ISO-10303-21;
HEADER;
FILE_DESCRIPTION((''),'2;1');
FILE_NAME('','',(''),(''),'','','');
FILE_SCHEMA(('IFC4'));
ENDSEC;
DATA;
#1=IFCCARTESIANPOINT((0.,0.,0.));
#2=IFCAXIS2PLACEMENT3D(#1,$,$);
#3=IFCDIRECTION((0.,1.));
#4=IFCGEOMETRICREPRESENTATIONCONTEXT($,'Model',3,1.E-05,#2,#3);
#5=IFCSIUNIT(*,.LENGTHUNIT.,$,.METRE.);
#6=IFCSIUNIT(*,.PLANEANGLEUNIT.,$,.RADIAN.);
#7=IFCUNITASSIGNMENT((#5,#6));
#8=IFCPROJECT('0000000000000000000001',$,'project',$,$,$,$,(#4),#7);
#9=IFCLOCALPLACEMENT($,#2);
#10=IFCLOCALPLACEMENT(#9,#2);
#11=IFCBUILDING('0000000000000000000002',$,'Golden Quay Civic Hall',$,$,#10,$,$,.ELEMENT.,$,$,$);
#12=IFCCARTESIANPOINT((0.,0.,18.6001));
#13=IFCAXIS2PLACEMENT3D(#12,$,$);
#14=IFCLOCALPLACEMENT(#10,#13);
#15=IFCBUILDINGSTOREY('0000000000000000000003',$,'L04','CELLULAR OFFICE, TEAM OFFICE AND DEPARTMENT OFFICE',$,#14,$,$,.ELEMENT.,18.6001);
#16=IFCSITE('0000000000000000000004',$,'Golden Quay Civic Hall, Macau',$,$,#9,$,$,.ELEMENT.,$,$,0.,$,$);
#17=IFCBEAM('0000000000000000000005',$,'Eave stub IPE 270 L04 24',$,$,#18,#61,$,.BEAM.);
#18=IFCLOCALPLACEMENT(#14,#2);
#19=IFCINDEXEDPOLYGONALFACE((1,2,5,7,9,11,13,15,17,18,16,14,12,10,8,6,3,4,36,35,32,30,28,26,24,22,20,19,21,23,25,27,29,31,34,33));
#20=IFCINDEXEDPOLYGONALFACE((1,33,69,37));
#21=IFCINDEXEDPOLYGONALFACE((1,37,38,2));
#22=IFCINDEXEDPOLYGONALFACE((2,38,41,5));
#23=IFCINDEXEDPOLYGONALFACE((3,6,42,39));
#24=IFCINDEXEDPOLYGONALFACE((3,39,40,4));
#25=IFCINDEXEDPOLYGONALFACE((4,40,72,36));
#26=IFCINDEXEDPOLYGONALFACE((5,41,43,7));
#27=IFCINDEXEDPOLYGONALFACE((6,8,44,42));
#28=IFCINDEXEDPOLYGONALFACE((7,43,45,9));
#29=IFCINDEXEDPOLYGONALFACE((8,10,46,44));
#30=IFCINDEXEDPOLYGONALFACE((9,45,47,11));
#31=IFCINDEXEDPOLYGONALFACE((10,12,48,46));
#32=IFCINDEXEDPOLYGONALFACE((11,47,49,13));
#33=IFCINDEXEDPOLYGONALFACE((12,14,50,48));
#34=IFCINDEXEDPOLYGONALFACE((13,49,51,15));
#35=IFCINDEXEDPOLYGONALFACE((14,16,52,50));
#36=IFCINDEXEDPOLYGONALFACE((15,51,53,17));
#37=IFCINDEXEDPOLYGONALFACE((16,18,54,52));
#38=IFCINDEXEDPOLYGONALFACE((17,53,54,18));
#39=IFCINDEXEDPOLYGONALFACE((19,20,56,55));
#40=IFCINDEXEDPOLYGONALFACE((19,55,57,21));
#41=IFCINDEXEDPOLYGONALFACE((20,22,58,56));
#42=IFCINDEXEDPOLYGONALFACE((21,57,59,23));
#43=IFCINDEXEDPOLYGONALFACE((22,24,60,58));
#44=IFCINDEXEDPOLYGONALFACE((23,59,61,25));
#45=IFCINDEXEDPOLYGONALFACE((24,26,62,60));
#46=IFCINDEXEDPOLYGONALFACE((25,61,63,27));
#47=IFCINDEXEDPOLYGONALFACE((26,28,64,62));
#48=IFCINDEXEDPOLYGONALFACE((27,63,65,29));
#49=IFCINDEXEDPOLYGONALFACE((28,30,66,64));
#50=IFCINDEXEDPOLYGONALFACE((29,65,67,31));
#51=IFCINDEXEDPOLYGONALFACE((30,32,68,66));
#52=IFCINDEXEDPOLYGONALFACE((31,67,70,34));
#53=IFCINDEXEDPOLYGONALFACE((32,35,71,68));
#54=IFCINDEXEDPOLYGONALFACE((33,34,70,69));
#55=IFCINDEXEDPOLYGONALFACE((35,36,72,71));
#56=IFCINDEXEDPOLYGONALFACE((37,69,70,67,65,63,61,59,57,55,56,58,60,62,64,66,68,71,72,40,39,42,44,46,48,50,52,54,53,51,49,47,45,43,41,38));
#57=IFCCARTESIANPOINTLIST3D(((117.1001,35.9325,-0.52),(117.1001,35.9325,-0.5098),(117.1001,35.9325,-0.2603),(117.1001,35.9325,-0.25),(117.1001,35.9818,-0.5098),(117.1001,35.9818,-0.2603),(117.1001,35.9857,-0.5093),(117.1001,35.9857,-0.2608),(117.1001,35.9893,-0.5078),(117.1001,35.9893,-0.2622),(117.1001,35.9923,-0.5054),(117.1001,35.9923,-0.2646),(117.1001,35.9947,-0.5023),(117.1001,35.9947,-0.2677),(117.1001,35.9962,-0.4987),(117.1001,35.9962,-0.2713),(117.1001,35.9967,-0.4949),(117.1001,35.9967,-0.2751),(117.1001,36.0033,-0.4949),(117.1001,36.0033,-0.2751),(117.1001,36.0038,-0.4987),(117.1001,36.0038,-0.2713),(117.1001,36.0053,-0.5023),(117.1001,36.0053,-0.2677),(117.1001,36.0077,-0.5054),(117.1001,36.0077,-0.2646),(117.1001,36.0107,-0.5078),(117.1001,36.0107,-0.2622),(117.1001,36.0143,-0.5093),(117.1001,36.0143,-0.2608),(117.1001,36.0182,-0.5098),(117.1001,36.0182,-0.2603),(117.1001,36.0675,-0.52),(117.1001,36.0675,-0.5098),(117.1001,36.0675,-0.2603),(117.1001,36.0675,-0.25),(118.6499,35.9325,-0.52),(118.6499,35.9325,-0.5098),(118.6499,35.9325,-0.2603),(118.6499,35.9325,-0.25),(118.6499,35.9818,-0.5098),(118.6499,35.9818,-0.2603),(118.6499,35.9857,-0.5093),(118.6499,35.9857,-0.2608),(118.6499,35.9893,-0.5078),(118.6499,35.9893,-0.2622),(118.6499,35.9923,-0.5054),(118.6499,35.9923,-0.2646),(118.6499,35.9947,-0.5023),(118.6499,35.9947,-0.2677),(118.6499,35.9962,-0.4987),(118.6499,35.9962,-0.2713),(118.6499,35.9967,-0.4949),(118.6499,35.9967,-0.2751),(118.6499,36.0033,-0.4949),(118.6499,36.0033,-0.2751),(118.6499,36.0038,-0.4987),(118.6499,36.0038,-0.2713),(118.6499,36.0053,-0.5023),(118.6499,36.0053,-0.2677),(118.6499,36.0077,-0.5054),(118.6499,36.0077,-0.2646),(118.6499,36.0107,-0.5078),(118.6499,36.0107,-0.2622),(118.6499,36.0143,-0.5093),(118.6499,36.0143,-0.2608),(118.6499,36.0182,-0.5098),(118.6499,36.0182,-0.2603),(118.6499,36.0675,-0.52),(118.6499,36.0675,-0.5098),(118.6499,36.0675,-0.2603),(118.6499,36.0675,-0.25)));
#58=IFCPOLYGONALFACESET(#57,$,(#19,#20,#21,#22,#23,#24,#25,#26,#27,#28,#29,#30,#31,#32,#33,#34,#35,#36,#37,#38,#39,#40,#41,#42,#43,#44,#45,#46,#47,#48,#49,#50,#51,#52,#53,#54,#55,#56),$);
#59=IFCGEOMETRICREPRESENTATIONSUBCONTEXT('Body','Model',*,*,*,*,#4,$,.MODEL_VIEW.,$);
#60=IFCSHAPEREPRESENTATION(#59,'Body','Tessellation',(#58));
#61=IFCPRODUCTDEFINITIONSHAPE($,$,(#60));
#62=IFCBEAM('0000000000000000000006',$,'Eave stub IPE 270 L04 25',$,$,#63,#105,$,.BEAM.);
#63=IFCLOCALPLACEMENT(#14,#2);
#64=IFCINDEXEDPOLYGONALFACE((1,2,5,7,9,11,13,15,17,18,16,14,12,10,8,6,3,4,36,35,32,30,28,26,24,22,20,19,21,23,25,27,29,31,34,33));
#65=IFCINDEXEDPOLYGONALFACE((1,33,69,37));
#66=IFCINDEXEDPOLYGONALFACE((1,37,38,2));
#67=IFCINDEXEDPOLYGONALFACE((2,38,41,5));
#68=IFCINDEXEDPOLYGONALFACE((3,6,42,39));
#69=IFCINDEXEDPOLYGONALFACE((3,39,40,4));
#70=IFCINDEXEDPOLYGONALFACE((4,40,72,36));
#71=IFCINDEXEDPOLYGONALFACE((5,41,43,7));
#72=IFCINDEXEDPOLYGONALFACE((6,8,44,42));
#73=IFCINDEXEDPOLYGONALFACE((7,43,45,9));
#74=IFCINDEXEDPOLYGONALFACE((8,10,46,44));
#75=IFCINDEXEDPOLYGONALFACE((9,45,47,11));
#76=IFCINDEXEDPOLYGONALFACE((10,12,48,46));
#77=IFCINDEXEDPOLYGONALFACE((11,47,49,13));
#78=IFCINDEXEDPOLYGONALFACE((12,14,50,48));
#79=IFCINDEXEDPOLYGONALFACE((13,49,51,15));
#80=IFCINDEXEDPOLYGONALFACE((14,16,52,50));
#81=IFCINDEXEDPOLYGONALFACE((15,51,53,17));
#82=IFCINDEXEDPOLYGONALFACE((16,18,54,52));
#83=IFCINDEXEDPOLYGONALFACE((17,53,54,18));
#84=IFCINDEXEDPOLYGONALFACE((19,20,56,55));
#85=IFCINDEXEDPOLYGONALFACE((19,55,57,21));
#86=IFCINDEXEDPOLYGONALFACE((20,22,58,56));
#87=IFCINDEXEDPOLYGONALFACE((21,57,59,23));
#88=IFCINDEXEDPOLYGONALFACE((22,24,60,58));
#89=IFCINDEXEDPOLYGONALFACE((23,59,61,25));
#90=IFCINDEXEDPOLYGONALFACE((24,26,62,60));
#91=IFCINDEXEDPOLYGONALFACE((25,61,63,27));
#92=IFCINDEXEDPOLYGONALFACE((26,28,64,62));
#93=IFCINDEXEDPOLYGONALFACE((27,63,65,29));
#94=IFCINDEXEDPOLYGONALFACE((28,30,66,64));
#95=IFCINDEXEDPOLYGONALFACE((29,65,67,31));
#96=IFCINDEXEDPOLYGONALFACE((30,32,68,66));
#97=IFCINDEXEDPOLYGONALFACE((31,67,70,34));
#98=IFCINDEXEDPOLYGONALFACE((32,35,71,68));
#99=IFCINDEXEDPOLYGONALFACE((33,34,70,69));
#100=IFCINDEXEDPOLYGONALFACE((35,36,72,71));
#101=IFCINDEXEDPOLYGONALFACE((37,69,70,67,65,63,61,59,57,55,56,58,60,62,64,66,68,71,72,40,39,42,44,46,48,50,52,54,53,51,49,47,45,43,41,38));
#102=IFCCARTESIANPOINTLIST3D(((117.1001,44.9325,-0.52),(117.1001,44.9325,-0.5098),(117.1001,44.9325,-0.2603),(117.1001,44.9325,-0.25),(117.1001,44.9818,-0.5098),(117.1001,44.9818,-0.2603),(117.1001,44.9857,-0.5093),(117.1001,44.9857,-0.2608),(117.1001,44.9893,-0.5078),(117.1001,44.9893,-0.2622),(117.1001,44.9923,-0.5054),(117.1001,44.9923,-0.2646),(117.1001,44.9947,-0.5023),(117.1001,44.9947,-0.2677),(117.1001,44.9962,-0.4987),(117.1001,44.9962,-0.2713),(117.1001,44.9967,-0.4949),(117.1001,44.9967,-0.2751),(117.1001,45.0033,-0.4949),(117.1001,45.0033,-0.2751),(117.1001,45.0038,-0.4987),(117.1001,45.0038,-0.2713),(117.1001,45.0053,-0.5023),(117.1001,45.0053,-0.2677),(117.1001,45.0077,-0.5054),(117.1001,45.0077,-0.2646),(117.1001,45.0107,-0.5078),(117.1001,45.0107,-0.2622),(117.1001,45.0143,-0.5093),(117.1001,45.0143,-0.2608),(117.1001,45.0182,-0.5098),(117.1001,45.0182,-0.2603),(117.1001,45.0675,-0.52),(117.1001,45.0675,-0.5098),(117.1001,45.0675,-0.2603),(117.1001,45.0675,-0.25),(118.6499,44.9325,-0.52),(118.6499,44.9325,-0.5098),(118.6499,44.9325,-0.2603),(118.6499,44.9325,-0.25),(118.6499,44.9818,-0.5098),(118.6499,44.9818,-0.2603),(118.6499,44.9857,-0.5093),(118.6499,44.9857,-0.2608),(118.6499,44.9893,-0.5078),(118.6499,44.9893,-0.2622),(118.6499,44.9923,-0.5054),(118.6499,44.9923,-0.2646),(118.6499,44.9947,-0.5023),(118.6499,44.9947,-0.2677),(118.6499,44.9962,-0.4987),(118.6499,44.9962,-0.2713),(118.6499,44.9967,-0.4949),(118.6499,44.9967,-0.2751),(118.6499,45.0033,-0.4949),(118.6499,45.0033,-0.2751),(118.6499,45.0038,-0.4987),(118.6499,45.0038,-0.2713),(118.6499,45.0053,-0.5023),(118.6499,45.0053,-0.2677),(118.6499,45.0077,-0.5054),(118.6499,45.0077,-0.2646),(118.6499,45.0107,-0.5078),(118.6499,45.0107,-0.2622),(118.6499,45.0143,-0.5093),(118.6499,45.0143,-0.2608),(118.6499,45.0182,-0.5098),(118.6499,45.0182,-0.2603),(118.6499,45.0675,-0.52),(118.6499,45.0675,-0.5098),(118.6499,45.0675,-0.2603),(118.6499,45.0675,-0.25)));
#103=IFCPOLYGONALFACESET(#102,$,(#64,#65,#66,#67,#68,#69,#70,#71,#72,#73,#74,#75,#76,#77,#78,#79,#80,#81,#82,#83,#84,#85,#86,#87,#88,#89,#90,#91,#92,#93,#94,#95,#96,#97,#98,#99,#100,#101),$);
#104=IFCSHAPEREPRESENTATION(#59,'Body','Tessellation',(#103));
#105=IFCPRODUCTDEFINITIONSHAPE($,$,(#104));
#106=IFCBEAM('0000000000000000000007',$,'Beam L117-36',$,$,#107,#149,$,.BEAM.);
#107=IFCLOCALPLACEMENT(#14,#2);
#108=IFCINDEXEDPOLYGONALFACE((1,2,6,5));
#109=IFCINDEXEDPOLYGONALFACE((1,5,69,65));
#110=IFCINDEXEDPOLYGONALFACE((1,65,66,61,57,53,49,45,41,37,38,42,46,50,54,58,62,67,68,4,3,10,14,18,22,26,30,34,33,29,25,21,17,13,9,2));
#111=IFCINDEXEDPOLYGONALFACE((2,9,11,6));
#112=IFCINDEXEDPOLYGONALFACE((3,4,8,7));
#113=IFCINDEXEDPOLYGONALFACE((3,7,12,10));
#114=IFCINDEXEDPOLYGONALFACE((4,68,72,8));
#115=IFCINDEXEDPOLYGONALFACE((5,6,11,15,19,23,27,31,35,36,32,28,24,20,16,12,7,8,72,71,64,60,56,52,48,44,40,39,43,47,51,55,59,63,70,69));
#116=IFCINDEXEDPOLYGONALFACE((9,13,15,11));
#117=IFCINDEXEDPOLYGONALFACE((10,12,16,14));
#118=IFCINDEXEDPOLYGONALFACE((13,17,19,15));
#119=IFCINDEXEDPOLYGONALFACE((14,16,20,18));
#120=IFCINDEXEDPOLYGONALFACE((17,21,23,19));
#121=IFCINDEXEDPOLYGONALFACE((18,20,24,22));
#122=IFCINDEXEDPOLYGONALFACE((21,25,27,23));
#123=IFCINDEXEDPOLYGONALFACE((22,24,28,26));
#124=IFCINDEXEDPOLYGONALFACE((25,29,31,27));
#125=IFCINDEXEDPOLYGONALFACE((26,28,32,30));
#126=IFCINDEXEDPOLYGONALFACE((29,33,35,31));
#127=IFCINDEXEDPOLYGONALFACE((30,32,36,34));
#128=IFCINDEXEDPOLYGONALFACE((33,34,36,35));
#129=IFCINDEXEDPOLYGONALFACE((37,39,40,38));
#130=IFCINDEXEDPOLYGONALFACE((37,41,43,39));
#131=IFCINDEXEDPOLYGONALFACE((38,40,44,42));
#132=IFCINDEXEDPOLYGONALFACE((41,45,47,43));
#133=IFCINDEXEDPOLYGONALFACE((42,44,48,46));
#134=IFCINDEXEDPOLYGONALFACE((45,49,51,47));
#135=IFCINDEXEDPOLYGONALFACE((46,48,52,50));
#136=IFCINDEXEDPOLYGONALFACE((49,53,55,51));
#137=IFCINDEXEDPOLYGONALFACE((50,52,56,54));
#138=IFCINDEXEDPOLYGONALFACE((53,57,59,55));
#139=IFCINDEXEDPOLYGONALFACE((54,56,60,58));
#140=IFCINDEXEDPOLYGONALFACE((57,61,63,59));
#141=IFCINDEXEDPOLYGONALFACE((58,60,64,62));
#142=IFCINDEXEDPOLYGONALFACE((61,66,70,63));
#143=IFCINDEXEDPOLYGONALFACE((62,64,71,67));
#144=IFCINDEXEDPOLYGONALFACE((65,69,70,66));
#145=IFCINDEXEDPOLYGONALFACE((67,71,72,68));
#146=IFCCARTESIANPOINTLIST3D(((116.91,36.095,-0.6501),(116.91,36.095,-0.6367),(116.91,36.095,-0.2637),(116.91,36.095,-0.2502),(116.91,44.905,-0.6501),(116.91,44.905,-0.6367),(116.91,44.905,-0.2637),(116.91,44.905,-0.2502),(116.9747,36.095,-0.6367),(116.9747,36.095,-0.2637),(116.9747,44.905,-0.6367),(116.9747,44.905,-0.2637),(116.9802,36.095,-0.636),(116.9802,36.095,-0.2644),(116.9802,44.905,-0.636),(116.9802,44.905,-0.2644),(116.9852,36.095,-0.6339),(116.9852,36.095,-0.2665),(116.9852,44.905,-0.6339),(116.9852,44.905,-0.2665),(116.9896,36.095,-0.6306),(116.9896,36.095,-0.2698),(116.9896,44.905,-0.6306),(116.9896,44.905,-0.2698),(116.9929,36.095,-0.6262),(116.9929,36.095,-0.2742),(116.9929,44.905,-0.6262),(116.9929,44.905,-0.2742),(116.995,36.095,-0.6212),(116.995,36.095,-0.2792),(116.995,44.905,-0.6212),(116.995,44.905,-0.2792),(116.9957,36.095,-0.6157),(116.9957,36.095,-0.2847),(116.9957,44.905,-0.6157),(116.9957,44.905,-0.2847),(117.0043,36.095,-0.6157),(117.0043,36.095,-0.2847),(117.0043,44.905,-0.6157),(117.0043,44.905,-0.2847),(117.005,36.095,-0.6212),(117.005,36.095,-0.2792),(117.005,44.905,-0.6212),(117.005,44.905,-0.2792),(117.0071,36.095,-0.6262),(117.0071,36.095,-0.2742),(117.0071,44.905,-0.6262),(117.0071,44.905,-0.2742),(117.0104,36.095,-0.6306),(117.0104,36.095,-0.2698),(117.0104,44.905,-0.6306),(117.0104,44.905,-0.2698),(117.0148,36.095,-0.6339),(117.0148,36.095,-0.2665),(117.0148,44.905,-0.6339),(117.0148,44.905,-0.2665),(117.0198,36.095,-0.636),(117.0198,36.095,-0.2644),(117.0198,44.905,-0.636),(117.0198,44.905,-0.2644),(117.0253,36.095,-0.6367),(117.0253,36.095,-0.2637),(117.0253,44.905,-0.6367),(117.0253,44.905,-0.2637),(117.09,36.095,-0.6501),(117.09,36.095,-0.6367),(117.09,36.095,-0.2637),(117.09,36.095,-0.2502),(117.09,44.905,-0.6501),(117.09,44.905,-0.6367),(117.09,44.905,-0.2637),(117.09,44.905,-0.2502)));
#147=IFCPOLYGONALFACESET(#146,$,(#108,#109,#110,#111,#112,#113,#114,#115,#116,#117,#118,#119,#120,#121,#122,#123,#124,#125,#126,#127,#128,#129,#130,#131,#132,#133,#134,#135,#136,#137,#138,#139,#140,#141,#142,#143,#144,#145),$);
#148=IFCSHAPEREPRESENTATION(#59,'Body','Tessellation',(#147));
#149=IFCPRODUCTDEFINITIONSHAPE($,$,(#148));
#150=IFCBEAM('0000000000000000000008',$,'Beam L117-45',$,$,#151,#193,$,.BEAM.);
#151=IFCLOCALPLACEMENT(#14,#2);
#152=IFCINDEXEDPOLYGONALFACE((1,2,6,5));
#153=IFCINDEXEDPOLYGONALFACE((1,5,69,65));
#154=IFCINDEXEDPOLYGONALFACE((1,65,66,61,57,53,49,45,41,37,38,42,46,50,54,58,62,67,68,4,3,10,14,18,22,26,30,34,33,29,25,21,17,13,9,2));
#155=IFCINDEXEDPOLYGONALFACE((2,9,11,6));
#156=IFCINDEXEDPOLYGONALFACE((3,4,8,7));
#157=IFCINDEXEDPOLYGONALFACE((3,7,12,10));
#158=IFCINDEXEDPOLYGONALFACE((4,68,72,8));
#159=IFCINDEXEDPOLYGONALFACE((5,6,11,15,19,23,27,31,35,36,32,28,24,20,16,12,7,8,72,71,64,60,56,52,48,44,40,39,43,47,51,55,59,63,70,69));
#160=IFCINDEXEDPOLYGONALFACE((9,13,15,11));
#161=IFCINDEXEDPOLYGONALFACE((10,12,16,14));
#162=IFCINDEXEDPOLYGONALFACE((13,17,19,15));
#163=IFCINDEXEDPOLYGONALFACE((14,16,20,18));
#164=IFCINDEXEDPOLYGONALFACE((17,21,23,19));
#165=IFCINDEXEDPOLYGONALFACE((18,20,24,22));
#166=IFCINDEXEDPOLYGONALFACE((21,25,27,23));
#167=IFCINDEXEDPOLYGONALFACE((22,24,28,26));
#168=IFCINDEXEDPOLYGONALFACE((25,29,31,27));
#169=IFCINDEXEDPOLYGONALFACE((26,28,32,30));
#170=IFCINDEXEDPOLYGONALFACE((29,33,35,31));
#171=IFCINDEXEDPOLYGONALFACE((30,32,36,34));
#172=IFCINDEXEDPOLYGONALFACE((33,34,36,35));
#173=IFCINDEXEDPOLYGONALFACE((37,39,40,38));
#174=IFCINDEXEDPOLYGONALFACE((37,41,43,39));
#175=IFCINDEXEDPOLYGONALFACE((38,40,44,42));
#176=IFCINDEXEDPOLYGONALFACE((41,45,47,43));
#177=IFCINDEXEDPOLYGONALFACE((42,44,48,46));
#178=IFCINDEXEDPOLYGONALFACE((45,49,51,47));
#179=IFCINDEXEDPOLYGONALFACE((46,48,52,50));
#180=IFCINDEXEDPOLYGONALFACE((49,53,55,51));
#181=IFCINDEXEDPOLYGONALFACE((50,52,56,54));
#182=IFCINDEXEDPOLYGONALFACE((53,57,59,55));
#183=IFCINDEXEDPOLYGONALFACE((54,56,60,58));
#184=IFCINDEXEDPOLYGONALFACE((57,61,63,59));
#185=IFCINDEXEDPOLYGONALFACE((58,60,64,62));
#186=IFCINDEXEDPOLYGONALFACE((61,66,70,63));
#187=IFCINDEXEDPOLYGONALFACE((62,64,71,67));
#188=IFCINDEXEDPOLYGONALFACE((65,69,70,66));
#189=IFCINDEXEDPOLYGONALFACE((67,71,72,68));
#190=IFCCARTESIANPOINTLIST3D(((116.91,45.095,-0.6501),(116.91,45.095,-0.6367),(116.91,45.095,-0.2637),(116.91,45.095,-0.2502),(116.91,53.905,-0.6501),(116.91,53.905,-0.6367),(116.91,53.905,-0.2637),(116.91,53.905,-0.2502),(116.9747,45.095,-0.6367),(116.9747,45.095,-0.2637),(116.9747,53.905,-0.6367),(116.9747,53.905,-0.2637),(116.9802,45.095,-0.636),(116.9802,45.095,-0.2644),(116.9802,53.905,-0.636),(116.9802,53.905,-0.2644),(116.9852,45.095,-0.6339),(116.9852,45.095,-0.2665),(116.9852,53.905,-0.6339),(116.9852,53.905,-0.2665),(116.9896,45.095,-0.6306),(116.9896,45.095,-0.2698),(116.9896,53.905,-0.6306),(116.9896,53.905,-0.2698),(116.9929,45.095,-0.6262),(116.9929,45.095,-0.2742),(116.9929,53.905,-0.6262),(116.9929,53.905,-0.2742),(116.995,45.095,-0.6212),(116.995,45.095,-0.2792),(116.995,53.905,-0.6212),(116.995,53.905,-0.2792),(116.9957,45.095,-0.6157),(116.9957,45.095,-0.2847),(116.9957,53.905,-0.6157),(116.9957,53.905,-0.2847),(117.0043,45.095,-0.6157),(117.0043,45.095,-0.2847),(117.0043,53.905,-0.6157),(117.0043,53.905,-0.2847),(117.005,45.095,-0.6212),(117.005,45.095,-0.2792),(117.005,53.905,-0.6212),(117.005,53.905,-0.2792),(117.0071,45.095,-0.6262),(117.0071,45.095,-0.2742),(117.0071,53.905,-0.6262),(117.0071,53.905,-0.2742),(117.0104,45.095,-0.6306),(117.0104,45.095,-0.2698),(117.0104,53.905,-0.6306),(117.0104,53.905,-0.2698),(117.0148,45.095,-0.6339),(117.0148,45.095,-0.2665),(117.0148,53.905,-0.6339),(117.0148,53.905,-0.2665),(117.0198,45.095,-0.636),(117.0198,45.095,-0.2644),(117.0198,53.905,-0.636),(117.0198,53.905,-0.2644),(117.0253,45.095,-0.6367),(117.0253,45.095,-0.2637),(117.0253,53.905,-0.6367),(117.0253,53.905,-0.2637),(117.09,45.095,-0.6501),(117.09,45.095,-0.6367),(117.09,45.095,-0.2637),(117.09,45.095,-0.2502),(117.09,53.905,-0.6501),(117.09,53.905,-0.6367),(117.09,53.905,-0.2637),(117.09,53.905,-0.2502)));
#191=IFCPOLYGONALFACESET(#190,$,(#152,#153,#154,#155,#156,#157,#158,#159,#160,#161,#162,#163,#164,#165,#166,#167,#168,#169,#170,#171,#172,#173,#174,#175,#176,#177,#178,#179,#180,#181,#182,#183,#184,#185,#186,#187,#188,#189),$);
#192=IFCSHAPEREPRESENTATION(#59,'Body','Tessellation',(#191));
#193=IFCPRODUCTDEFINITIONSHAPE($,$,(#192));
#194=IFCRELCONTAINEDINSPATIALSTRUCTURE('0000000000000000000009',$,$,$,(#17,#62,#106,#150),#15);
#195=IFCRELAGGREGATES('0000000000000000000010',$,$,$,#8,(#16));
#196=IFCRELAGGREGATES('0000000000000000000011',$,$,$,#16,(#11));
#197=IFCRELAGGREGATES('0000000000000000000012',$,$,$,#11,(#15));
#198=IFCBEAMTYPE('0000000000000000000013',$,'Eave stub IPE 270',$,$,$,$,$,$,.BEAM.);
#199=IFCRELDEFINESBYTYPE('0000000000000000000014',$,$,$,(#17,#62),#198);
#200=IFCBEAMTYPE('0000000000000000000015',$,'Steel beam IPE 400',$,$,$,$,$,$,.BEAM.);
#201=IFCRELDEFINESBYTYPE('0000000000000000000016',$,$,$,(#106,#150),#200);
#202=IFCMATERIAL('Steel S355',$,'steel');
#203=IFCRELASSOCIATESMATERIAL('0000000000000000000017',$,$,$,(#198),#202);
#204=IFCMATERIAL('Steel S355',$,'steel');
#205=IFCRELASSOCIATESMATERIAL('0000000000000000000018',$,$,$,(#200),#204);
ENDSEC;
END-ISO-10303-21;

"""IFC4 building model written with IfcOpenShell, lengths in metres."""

from ifc_helpers import new_model, si_unit, direction, frame, origin, origin_2d, place, context, subcontext, project, spatial, i_section, extrude, material, material_profile, profile_set, type_object, element, save


model = new_model("IFC4")

# Units and contexts
model_context = context("Model", 3, precision=1e-05, world=origin(), true_north=direction((0.0, 1.0)))
body_context = subcontext(model_context, "Body", "Model", "MODEL_VIEW")
ifc_project = project(units=[si_unit("LENGTHUNIT", "METRE"), si_unit("PLANEANGLEUNIT", "RADIAN")], contexts=[model_context])

# Site, building, storey
site_placement = place(None, origin())
site = spatial("IfcSite", under=ifc_project, at=site_placement, Name="Golden Quay Civic Hall, Macau", CompositionType="ELEMENT", RefElevation=0.0)
building_placement = place(site_placement, origin())
building = spatial("IfcBuilding", under=site, at=building_placement, Name="Golden Quay Civic Hall", CompositionType="ELEMENT")
storey_placement = place(building_placement, frame((0.0, 0.0, 18.6001)))
storey = spatial("IfcBuildingStorey", under=building, at=storey_placement, Name="L04", Description="CELLULAR OFFICE, TEAM OFFICE AND DEPARTMENT OFFICE", CompositionType="ELEMENT", Elevation=18.6001)

# Beams
ifc_material_1 = material(Name="Steel S355", Category="steel")
ifc_material_profile_1 = material_profile(ifc_material_1, i_section(OverallWidth=0.135, OverallDepth=0.27, WebThickness=0.0066, FlangeThickness=0.0103, FilletRadius=0.0149, at=origin_2d()), Name="IPE 270")
ifc_profile_set_1 = profile_set([ifc_material_profile_1], Name="Steel S355")
beam_type_1 = type_object("IfcBeamType", Name="Eave stub IPE 270", PredefinedType="BEAM", material=ifc_profile_set_1)
for number, where, z_axis, x_axis, name in (
    (1, (117.1001, 36.0, -0.385), (1.0, 0.0, 0.0), (0.0, 1.0, 0.0), "Eave stub IPE 270 L04 24"),
    (2, (117.1001, 45.0, -0.385), (1.0, 0.0, 0.0), (0.0, 1.0, 0.0), "Eave stub IPE 270 L04 25"),
):
    element("IfcBeam", number, at=place(storey_placement, frame(where, z_axis=z_axis, x_axis=x_axis)), inside=storey, type_object=beam_type_1, Name=name, PredefinedType="BEAM", context=body_context, shape_type="SweptSolid", body=[
        extrude(i_section(OverallWidth=0.135, OverallDepth=0.27, WebThickness=0.0066, FlangeThickness=0.0103, FilletRadius=0.0149, at=origin_2d()), origin(), (0.0, 0.0, 1.0), 1.5498),
    ])
ifc_material_2 = material(Name="Steel S355", Category="steel")
ifc_material_profile_2 = material_profile(ifc_material_2, i_section(OverallWidth=0.1799, OverallDepth=0.3999, WebThickness=0.0085, FlangeThickness=0.0134, FilletRadius=0.021, at=origin_2d()), Name="IPE 400")
ifc_profile_set_2 = profile_set([ifc_material_profile_2], Name="Steel S355")
beam_type_2 = type_object("IfcBeamType", Name="Steel beam IPE 400", PredefinedType="BEAM", material=ifc_profile_set_2)
for number, where, z_axis, x_axis, name in (
    (3, (117.0, 36.095, -0.4502), (0.0, 1.0, 0.0), (-1.0, 0.0, 0.0), "Beam L117-36"),
    (4, (117.0, 45.095, -0.4502), (0.0, 1.0, 0.0), (-1.0, 0.0, 0.0), "Beam L117-45"),
):
    element("IfcBeam", number, at=place(storey_placement, frame(where, z_axis=z_axis, x_axis=x_axis)), inside=storey, type_object=beam_type_2, Name=name, PredefinedType="BEAM", context=body_context, shape_type="SweptSolid", body=[
        extrude(i_section(OverallWidth=0.1799, OverallDepth=0.3999, WebThickness=0.0085, FlangeThickness=0.0134, FilletRadius=0.021, at=origin_2d()), origin(), (0.0, 0.0, 1.0), 8.8101),
    ])

save(model, "model.ifc")
